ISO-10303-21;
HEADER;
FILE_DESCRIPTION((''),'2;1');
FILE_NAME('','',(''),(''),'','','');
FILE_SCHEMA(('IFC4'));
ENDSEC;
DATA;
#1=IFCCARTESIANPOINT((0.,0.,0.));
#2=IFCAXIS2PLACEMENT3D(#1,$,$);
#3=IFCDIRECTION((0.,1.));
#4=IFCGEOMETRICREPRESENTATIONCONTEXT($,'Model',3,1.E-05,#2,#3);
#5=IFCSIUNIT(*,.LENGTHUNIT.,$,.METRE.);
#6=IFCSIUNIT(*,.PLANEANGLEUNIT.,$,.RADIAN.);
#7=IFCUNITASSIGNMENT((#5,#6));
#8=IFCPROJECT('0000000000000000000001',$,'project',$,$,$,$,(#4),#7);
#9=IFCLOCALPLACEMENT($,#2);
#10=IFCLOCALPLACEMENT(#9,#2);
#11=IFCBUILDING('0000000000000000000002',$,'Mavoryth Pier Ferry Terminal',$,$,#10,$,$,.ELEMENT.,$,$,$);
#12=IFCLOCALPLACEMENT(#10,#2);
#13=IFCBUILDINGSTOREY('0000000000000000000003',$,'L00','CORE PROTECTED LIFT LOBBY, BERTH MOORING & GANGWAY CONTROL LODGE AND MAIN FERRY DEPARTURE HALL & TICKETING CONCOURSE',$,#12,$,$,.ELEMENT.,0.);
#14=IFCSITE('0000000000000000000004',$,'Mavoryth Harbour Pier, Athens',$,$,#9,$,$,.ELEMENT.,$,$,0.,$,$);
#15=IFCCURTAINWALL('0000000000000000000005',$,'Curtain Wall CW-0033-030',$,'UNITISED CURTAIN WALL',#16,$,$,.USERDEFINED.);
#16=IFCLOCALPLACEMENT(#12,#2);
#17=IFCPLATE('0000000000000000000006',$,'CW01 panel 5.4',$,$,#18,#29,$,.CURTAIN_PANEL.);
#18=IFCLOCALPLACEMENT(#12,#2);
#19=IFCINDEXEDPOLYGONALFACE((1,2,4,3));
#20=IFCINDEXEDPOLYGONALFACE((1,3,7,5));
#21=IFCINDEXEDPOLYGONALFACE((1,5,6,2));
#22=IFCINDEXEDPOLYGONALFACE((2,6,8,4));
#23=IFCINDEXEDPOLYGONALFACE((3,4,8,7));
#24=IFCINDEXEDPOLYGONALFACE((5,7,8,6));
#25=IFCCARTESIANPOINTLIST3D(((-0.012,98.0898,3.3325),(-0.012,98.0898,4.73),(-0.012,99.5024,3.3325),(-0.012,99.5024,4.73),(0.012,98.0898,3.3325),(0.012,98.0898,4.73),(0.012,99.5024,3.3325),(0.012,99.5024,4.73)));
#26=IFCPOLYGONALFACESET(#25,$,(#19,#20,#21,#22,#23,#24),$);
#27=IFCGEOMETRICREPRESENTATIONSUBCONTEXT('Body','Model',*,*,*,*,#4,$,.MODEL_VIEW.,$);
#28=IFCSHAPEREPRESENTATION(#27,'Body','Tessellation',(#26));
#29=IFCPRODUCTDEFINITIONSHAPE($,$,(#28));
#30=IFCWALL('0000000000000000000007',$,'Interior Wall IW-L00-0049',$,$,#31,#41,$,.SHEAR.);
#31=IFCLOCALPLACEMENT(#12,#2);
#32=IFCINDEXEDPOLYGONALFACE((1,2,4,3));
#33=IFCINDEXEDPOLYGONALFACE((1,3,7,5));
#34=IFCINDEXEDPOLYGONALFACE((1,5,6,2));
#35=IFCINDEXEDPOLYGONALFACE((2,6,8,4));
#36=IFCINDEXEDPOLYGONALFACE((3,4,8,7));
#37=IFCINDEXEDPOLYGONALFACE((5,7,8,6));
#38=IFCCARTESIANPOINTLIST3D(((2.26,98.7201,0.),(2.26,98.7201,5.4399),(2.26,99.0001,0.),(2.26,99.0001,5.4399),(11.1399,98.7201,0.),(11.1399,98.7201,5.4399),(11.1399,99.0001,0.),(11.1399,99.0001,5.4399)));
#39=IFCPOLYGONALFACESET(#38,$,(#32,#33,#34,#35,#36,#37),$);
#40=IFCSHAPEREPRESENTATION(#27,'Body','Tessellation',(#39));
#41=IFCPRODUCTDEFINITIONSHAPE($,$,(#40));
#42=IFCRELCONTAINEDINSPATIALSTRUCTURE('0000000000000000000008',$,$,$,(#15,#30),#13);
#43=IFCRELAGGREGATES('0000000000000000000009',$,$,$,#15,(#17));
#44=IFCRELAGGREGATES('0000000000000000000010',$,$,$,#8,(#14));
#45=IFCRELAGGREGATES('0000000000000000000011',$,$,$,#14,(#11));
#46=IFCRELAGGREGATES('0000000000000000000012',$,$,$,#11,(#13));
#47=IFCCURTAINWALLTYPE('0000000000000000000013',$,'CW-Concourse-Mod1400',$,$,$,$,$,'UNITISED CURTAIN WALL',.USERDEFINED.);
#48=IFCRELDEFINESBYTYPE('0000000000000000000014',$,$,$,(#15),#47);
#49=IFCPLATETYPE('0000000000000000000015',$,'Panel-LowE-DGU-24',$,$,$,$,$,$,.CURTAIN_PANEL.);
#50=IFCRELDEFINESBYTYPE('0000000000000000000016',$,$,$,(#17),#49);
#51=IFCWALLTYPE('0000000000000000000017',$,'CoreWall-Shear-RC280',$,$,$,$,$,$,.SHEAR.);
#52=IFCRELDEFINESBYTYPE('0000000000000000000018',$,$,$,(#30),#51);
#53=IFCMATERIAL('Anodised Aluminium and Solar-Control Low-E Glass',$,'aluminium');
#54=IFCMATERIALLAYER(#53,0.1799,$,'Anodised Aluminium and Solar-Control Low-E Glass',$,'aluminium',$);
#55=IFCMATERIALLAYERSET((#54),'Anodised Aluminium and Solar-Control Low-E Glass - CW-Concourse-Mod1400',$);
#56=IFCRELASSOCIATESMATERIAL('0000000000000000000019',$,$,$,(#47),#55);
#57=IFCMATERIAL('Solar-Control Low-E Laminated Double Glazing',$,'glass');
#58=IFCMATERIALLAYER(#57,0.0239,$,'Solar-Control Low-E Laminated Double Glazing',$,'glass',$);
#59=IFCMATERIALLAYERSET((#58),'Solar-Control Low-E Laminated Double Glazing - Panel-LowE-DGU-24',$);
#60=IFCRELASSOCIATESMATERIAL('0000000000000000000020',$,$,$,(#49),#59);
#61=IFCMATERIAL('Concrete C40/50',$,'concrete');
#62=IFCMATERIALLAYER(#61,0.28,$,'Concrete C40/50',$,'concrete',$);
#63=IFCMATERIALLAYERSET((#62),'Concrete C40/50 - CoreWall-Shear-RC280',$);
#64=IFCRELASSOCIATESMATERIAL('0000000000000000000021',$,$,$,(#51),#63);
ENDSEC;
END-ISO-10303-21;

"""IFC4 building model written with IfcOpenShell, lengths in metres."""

from ifc_helpers import new_model, si_unit, direction, frame, frame_2d, origin, origin_2d, place, context, subcontext, project, spatial, rectangle, extrude, material, layer, layer_set, type_object, element, aggregate, save


model = new_model("IFC4")

# Units and contexts
model_context = context("Model", 3, precision=1e-05, world=origin(), true_north=direction((0.0, 1.0)))
body_context = subcontext(model_context, "Body", "Model", "MODEL_VIEW")
ifc_project = project(units=[si_unit("LENGTHUNIT", "METRE"), si_unit("PLANEANGLEUNIT", "RADIAN")], contexts=[model_context])

# Site, building, storey
site_placement = place(None, origin())
site = spatial("IfcSite", under=ifc_project, at=site_placement, Name="Mavoryth Harbour Pier, Athens", CompositionType="ELEMENT", RefElevation=0.0)
building_placement = place(site_placement, origin())
building = spatial("IfcBuilding", under=site, at=building_placement, Name="Mavoryth Pier Ferry Terminal", CompositionType="ELEMENT")
storey_placement = place(building_placement, origin())
storey = spatial("IfcBuildingStorey", under=building, at=storey_placement, Name="L00", Description="CORE PROTECTED LIFT LOBBY, BERTH MOORING & GANGWAY CONTROL LODGE AND MAIN FERRY DEPARTURE HALL & TICKETING CONCOURSE", CompositionType="ELEMENT", Elevation=0.0)

# Shared definitions
ifc_material_1 = material(Name="Concrete C40/50", Category="concrete")

# Curtain wall
ifc_material_2 = material(Name="Anodised Aluminium and Solar-Control Low-E Glass", Category="aluminium")
ifc_layer_1 = layer(ifc_material_2, 0.1799, Name="Anodised Aluminium and Solar-Control Low-E Glass", Category="aluminium")
ifc_layer_set_1 = layer_set([ifc_layer_1], Name="Anodised Aluminium and Solar-Control Low-E Glass - CW-Concourse-Mod1400")
curtain_wall_type = type_object("IfcCurtainWallType", Name="CW-Concourse-Mod1400", ElementType="UNITISED CURTAIN WALL", PredefinedType="USERDEFINED", material=ifc_layer_set_1)
curtain_wall_1_placement = place(storey_placement, origin())
curtain_wall_1 = element("IfcCurtainWall", 1, at=curtain_wall_1_placement, inside=storey, type_object=curtain_wall_type, Name="Curtain Wall CW-0033-030", ObjectType="UNITISED CURTAIN WALL", PredefinedType="USERDEFINED")

# Plate
ifc_material_3 = material(Name="Solar-Control Low-E Laminated Double Glazing", Category="glass")
ifc_layer_2 = layer(ifc_material_3, 0.0239, Name="Solar-Control Low-E Laminated Double Glazing", Category="glass")
ifc_layer_set_2 = layer_set([ifc_layer_2], Name="Solar-Control Low-E Laminated Double Glazing - Panel-LowE-DGU-24")
plate_type = type_object("IfcPlateType", Name="Panel-LowE-DGU-24", PredefinedType="CURTAIN_PANEL", material=ifc_layer_set_2)
plate_1_placement = place(storey_placement, frame((0.0, 98.7961, 3.3325), z_axis=(0.0, 0.0, 1.0), x_axis=(0.0, -1.0, 0.0)))
plate_1 = element("IfcPlate", 2, at=plate_1_placement, type_object=plate_type, Name="CW01 panel 5.4", PredefinedType="CURTAIN_PANEL", context=body_context, shape_type="SweptSolid", body=[
    extrude(rectangle(XDim=1.4126, YDim=0.0239, at=origin_2d()), origin(), (0.0, 0.0, 1.0), 1.3975),
])
aggregate(curtain_wall_1, [plate_1])

# Wall
ifc_layer_3 = layer(ifc_material_1, 0.28, Name="Concrete C40/50", Category="concrete")
ifc_layer_set_3 = layer_set([ifc_layer_3], Name="Concrete C40/50 - CoreWall-Shear-RC280")
wall_type = type_object("IfcWallType", Name="CoreWall-Shear-RC280", PredefinedType="SHEAR", material=ifc_layer_set_3)
wall_placement = place(storey_placement, frame((2.26, 98.8601, 0.0), z_axis=(0.0, 0.0, 1.0), x_axis=(1.0, 0.0, 0.0)))
element("IfcWall", 3, at=wall_placement, inside=storey, type_object=wall_type, Name="Interior Wall IW-L00-0049", PredefinedType="SHEAR", context=body_context, shape_type="SweptSolid", body=[
    extrude(rectangle(XDim=8.8799, YDim=0.28, at=frame_2d((4.4399, 0.0))), origin(), (0.0, 0.0, 1.0), 5.4399),
])

save(model, "model.ifc")
